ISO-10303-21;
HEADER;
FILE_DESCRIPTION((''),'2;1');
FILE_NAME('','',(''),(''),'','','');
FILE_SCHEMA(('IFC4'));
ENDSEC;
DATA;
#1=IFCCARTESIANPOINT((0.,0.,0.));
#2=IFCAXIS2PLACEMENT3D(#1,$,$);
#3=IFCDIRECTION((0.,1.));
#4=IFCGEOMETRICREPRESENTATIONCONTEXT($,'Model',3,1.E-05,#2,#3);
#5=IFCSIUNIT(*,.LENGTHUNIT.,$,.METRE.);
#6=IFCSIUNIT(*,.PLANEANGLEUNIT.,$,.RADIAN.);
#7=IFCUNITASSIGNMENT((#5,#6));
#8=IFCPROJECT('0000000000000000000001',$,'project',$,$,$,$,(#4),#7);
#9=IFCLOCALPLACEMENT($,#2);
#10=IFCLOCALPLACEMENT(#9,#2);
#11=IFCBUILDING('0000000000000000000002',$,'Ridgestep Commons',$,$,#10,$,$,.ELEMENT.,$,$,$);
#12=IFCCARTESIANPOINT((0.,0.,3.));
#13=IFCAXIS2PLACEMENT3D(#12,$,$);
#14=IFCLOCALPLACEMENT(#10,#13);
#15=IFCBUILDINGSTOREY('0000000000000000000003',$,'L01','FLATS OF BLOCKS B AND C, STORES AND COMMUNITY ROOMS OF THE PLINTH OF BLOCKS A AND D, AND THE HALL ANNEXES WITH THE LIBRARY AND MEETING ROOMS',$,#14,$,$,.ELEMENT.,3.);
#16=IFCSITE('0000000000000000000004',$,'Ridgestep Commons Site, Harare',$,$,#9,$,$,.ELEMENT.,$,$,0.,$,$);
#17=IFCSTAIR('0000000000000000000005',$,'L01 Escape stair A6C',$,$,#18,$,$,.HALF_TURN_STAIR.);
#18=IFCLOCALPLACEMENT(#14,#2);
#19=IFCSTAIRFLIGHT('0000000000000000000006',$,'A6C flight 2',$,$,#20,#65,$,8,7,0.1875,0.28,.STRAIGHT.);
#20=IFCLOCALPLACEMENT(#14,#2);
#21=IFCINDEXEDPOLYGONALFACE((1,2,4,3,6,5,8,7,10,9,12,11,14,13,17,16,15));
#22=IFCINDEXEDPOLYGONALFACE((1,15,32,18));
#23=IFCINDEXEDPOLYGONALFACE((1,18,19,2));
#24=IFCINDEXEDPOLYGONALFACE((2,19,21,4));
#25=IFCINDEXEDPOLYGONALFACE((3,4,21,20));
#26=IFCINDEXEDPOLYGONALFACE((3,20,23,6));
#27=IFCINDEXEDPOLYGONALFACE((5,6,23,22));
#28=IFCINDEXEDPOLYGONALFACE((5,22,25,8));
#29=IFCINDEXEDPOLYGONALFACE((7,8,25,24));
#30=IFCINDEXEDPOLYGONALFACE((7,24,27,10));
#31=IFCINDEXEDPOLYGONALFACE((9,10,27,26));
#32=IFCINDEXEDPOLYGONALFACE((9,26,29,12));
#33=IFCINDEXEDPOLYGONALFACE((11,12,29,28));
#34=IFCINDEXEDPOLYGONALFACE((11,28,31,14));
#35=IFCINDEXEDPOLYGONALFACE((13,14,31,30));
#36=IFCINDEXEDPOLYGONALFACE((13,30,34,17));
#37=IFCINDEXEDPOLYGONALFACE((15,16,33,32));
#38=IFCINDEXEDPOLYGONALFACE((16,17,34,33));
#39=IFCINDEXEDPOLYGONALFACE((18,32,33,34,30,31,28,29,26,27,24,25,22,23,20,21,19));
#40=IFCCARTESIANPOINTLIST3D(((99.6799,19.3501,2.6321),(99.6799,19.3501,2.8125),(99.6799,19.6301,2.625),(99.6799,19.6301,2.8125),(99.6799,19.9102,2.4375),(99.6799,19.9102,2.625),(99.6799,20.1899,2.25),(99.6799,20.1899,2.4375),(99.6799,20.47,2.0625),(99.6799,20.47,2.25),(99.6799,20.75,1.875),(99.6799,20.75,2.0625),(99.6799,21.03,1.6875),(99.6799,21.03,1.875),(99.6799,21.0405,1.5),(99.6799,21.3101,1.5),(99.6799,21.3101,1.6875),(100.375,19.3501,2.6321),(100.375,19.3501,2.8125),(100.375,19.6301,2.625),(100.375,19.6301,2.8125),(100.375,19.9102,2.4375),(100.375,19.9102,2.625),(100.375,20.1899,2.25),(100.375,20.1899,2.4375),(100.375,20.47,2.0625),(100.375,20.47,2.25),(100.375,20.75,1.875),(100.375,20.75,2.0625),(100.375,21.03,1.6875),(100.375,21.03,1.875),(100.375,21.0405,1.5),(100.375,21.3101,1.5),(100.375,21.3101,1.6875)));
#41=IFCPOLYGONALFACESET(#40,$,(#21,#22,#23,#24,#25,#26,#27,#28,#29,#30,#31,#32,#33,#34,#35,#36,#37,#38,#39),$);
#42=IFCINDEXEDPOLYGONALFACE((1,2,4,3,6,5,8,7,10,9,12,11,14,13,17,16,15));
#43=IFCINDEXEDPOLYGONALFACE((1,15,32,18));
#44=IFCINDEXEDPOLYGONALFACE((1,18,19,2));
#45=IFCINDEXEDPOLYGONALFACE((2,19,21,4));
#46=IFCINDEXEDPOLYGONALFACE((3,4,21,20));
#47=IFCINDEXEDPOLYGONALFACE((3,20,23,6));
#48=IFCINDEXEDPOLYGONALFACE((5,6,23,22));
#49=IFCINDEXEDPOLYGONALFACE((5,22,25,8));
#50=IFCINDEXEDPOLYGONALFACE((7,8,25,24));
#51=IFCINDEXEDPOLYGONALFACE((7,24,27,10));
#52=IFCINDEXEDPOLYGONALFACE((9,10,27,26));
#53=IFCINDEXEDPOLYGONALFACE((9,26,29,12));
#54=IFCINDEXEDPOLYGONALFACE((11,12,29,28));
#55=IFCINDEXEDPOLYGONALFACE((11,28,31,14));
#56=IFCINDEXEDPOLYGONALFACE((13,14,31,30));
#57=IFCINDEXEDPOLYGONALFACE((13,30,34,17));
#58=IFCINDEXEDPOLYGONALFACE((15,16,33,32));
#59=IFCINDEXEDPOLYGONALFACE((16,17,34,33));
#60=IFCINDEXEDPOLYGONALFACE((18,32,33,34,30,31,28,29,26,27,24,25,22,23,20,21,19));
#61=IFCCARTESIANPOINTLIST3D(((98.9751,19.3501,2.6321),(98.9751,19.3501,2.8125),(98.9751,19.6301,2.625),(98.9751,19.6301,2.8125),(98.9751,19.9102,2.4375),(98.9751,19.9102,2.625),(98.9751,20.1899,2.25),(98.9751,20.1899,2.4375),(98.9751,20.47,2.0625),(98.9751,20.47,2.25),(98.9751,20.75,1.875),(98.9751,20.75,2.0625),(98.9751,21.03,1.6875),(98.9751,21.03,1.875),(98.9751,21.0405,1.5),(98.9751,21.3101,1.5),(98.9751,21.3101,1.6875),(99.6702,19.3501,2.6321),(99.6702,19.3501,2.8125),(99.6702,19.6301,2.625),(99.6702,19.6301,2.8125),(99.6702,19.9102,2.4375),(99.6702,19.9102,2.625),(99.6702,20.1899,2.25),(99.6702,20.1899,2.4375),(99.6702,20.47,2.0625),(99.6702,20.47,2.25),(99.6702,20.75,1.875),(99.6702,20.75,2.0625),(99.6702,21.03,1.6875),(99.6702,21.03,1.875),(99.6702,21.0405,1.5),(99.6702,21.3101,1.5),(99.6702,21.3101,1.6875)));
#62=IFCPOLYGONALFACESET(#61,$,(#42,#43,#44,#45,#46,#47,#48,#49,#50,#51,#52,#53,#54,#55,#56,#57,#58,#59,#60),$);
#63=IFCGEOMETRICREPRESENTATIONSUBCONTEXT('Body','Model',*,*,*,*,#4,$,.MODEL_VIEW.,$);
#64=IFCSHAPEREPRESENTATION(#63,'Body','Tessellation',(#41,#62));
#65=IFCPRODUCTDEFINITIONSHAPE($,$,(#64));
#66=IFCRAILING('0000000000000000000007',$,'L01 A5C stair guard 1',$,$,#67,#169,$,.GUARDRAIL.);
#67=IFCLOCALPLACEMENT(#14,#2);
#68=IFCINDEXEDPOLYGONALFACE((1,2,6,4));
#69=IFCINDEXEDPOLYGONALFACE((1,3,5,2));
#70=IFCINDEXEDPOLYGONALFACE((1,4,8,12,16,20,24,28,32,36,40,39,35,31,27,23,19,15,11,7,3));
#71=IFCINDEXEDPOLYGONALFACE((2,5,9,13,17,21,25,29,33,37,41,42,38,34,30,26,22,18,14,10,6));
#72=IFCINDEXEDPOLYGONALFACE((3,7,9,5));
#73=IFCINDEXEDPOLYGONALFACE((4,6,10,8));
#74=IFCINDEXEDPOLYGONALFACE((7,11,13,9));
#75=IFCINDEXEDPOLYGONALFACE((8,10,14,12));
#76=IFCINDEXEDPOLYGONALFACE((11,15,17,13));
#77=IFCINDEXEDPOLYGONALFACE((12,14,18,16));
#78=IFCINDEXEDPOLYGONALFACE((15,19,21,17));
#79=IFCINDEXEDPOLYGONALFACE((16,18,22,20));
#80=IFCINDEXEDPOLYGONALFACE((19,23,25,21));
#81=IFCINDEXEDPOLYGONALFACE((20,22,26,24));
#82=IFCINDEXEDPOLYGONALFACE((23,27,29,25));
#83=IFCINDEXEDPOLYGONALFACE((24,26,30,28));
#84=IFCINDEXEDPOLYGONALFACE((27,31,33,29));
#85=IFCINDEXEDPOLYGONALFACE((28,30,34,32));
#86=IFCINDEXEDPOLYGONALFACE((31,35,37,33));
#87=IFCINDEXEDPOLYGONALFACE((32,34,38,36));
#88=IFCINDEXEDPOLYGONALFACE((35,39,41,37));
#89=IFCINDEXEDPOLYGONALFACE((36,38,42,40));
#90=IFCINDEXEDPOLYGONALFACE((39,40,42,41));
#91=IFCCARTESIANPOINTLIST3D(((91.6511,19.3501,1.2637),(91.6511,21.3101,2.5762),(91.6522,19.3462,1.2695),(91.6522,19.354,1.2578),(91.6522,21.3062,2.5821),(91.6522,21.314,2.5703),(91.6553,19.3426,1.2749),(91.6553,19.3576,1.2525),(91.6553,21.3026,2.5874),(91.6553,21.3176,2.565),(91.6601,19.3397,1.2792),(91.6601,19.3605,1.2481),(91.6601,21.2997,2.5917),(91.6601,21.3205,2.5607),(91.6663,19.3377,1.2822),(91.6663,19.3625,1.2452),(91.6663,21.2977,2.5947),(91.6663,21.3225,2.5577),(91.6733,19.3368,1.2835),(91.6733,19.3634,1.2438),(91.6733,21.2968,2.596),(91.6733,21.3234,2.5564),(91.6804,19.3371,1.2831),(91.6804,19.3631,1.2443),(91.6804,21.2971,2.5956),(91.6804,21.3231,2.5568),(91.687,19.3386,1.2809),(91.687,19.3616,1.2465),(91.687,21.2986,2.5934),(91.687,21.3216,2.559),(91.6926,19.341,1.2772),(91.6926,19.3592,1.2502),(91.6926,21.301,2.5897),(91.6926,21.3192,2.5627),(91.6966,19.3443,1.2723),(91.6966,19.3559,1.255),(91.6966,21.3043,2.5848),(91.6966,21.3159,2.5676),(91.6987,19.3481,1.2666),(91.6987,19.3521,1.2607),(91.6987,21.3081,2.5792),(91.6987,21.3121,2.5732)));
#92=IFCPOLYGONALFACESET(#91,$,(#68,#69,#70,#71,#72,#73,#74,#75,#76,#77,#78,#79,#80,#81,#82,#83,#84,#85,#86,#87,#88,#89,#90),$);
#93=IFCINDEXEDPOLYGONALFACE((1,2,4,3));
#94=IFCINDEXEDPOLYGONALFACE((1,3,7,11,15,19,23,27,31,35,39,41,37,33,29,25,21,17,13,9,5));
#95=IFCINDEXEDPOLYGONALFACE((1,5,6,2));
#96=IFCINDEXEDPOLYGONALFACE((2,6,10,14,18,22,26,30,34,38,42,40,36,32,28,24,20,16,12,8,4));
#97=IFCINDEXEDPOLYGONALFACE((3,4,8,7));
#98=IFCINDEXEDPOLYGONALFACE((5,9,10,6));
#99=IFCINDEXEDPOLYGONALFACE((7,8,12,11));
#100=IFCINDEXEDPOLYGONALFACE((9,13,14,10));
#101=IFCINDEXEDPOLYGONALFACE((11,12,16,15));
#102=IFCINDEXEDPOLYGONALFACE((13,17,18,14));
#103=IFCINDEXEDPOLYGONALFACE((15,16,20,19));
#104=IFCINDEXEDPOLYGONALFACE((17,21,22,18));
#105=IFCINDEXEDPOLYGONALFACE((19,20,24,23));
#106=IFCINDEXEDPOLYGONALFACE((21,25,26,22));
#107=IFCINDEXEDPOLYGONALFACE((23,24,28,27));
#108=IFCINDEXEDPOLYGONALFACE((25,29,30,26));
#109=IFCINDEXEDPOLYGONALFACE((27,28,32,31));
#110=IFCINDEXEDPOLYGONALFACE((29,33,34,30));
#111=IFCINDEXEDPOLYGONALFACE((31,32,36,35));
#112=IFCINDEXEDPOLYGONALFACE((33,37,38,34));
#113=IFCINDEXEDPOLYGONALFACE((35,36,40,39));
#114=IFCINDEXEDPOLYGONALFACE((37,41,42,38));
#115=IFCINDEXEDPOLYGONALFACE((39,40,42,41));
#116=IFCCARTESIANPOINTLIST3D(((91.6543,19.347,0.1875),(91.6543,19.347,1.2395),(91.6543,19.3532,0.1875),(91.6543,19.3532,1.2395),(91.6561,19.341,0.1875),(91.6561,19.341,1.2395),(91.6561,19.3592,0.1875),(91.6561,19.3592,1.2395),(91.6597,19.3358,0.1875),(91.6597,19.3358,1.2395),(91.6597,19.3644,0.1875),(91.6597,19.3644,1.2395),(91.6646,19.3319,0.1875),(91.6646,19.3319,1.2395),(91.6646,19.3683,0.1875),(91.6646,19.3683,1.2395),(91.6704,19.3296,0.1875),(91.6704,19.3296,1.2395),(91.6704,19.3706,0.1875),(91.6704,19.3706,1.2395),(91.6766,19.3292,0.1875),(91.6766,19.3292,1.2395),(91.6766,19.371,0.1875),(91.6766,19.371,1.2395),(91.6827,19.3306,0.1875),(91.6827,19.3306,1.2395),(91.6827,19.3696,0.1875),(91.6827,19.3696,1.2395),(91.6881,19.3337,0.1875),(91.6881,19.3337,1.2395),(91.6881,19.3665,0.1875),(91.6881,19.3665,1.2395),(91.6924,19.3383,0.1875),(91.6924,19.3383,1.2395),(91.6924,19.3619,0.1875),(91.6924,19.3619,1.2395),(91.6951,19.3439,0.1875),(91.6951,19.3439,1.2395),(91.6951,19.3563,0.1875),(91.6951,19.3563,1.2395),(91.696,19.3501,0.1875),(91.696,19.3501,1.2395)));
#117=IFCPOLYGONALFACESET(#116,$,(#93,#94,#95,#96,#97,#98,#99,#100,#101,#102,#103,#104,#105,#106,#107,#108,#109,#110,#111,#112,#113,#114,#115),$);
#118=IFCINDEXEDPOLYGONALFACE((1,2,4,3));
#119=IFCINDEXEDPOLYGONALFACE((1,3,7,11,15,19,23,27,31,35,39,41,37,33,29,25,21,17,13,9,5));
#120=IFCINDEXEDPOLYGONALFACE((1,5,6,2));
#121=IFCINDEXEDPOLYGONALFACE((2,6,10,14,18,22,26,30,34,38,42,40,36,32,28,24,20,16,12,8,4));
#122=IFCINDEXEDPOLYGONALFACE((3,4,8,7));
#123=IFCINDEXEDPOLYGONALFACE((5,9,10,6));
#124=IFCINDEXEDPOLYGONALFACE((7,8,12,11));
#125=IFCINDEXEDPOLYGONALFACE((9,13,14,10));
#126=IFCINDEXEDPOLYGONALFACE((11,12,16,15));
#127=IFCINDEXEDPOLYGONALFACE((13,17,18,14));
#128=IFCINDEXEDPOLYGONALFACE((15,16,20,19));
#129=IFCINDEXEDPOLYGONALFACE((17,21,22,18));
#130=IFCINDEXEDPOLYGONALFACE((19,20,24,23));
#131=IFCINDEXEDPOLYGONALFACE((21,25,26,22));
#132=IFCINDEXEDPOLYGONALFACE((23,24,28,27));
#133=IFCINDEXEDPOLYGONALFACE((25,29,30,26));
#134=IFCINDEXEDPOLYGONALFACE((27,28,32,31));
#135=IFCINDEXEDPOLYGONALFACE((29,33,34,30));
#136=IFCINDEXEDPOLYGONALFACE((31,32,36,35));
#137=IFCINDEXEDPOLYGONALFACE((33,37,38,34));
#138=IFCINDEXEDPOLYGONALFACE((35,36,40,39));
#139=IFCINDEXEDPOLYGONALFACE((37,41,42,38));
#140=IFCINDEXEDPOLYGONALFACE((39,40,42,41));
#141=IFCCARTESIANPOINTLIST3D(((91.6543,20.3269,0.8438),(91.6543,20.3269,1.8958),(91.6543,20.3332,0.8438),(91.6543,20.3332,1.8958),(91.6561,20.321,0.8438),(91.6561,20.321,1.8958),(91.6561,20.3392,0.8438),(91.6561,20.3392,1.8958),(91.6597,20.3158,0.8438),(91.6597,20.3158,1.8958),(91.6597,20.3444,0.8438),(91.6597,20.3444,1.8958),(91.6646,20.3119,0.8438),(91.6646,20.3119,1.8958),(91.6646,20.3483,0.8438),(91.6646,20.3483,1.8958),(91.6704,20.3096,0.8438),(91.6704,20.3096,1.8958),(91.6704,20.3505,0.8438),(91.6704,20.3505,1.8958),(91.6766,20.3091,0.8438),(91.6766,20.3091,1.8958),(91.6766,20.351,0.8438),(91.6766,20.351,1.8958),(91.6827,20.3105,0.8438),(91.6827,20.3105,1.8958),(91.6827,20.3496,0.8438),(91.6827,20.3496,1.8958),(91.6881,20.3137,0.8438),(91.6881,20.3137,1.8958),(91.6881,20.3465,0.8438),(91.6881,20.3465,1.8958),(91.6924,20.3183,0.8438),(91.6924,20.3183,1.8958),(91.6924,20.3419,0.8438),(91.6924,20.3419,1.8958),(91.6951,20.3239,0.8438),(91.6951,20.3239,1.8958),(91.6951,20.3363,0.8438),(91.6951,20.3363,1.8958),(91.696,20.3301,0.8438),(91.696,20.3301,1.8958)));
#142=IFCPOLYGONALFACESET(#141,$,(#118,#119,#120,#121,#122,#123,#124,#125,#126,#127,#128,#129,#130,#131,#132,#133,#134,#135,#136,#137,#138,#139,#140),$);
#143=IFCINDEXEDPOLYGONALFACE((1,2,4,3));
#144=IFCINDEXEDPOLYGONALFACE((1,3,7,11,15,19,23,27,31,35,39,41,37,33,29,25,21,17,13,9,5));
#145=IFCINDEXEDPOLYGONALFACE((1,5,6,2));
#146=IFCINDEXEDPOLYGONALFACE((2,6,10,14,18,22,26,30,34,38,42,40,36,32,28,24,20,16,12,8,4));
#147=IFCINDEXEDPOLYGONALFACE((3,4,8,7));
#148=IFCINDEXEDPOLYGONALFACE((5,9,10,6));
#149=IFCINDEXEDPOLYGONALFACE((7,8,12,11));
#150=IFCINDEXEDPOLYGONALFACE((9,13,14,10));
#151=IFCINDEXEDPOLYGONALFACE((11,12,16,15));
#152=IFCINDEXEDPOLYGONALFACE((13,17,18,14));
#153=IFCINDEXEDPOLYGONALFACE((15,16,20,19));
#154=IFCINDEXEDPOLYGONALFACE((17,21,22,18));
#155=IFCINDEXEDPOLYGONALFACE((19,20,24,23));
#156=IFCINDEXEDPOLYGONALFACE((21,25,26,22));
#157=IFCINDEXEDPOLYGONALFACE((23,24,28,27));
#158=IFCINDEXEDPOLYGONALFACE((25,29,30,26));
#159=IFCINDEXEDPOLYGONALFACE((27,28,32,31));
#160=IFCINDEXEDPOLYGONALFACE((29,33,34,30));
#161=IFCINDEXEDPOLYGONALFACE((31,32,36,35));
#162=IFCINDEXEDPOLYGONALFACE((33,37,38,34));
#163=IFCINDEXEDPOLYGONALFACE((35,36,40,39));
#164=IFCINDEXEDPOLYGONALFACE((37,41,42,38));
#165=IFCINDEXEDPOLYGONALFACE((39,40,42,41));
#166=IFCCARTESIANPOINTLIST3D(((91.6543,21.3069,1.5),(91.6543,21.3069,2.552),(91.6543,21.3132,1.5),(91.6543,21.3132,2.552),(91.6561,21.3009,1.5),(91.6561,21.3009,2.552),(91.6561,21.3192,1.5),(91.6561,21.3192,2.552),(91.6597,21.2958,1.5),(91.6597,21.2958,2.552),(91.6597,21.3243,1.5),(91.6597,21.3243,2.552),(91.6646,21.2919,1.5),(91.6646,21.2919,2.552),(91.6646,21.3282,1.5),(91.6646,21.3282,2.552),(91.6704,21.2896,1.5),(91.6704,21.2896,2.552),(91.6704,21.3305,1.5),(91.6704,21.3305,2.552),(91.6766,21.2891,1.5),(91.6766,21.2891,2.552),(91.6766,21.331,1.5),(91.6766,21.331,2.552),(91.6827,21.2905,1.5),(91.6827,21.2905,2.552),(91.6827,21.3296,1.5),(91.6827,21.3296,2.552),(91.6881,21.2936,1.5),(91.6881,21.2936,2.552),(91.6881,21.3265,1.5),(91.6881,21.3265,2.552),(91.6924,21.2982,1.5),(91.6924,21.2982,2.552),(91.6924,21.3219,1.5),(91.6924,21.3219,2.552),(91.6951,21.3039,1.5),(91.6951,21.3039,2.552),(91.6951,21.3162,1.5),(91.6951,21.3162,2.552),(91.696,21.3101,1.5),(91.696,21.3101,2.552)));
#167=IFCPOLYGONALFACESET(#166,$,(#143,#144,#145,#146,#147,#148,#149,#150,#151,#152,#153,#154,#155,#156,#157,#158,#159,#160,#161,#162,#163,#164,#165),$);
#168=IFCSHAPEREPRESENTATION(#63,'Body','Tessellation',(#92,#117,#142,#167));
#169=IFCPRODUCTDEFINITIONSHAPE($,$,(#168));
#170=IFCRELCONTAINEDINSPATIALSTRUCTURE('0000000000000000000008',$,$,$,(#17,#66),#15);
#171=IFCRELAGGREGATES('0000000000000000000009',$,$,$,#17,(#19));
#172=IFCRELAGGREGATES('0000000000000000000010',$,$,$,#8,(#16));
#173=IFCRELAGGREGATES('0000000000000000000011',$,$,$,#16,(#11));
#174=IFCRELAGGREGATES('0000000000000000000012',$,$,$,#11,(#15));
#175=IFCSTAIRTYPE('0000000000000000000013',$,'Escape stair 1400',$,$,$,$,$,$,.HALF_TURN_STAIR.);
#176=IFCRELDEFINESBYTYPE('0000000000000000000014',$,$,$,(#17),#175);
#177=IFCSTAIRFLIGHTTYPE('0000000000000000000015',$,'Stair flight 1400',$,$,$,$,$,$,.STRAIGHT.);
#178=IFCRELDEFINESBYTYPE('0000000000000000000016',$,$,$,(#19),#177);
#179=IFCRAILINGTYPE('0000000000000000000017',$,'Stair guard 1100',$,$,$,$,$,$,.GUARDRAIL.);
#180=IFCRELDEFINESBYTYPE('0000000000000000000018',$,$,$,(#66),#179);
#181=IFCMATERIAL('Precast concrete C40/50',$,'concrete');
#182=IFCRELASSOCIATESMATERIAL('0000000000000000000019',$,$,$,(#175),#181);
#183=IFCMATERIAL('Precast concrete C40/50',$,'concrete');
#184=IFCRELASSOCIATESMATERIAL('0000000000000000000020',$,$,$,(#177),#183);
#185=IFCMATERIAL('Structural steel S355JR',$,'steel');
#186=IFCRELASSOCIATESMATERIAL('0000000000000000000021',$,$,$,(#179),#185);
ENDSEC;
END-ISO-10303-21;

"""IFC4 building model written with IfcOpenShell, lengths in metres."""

from ifc_helpers import new_model, si_unit, direction, frame, origin, origin_2d, place, context, subcontext, project, spatial, polyline, circle, outline, extrude, material, type_object, element, aggregate, save


model = new_model("IFC4")

# Units and contexts
model_context = context("Model", 3, precision=1e-05, world=origin(), true_north=direction((0.0, 1.0)))
body_context = subcontext(model_context, "Body", "Model", "MODEL_VIEW")
ifc_project = project(units=[si_unit("LENGTHUNIT", "METRE"), si_unit("PLANEANGLEUNIT", "RADIAN")], contexts=[model_context])

# Site, building, storey
site_placement = place(None, origin())
site = spatial("IfcSite", under=ifc_project, at=site_placement, Name="Ridgestep Commons Site, Harare", CompositionType="ELEMENT", RefElevation=0.0)
building_placement = place(site_placement, origin())
building = spatial("IfcBuilding", under=site, at=building_placement, Name="Ridgestep Commons", CompositionType="ELEMENT")
storey_placement = place(building_placement, frame((0.0, 0.0, 3.0)))
storey = spatial("IfcBuildingStorey", under=building, at=storey_placement, Name="L01", Description="FLATS OF BLOCKS B AND C, STORES AND COMMUNITY ROOMS OF THE PLINTH OF BLOCKS A AND D, AND THE HALL ANNEXES WITH THE LIBRARY AND MEETING ROOMS", CompositionType="ELEMENT", Elevation=3.0)

# Stair, stair flight
ifc_material_1 = material(Name="Precast concrete C40/50", Category="concrete")
stair_type = type_object("IfcStairType", Name="Escape stair 1400", PredefinedType="HALF_TURN_STAIR", material=ifc_material_1)
ifc_material_2 = material(Name="Precast concrete C40/50", Category="concrete")
stair_flight_type = type_object("IfcStairFlightType", Name="Stair flight 1400", PredefinedType="STRAIGHT", material=ifc_material_2)
stair_1_placement = place(storey_placement, origin())
stair_1 = element("IfcStair", 1, at=stair_1_placement, inside=storey, type_object=stair_type, Name="L01 Escape stair A6C", PredefinedType="HALF_TURN_STAIR")
stair_flight_1_placement = place(storey_placement, frame((99.675, 21.3101, 1.5), z_axis=(0.0, 0.0, 1.0), x_axis=(0.0, -1.0, 0.0)))
stair_flight_1 = element("IfcStairFlight", 2, at=stair_flight_1_placement, type_object=stair_flight_type, Name="A6C flight 2", NumberOfRisers=8, NumberOfTreads=7, PredefinedType="STRAIGHT", RiserHeight=0.1875, TreadLength=0.28, context=body_context, shape_type="SweptSolid", body=[
    extrude(outline(polyline([(0.0, 0.0), (0.0, 0.1875), (0.28, 0.1875), (0.28, 0.375), (0.5601, 0.375), (0.5601, 0.5625), (0.8401, 0.5625), (0.8401, 0.75), (1.1201, 0.75), (1.1201, 0.9375), (1.3999, 0.9375), (1.3999, 1.125), (1.6799, 1.125), (1.6799, 1.3125), (1.96, 1.3125), (1.96, 1.5), (1.96, 1.1321), (0.2695, 0.0), (0.0, 0.0)])), frame((0.0, 0.7, 0.0), z_axis=(0.0, -1.0, 0.0), x_axis=(1.0, 0.0, 0.0)), (0.0, 0.0, 1.0), 0.6951),
    extrude(outline(polyline([(0.0, 0.0), (0.0, 0.1875), (0.28, 0.1875), (0.28, 0.375), (0.5601, 0.375), (0.5601, 0.5625), (0.8401, 0.5625), (0.8401, 0.75), (1.1201, 0.75), (1.1201, 0.9375), (1.3999, 0.9375), (1.3999, 1.125), (1.6799, 1.125), (1.6799, 1.3125), (1.96, 1.3125), (1.96, 1.5), (1.96, 1.1321), (0.2695, 0.0), (0.0, 0.0)])), frame((0.0, -0.0049, 0.0), z_axis=(0.0, -1.0, 0.0), x_axis=(1.0, 0.0, 0.0)), (0.0, 0.0, 1.0), 0.6951),
])
aggregate(stair_1, [stair_flight_1])

# Railing
ifc_material_3 = material(Name="Structural steel S355JR", Category="steel")
railing_type_1 = type_object("IfcRailingType", Name="Stair guard 1100", PredefinedType="GUARDRAIL", material=ifc_material_3)
railing_1_placement = place(storey_placement, frame((91.675, 19.3501, 0.1875)))
element("IfcRailing", 3, at=railing_1_placement, inside=storey, type_object=railing_type_1, Name="L01 A5C stair guard 1", PredefinedType="GUARDRAIL", context=body_context, shape_type="SweptSolid", body=[
    extrude(circle(Radius=0.0239, at=origin_2d()), frame((0.0, 0.0, 1.0762), z_axis=(0.0, 0.830902, 0.556419), x_axis=(-1.0, 0.0, 0.0)), (0.0, 0.0, 1.0), 2.3589),
    extrude(circle(Radius=0.021, at=origin_2d()), origin(), (0.0, 0.0, 1.0), 1.052),
    extrude(circle(Radius=0.021, at=origin_2d()), frame((0.0, 0.98, 0.6562)), (0.0, 0.0, 1.0), 1.052),
    extrude(circle(Radius=0.021, at=origin_2d()), frame((0.0, 1.96, 1.3125)), (0.0, 0.0, 1.0), 1.052),
])

save(model, "model.ifc")
